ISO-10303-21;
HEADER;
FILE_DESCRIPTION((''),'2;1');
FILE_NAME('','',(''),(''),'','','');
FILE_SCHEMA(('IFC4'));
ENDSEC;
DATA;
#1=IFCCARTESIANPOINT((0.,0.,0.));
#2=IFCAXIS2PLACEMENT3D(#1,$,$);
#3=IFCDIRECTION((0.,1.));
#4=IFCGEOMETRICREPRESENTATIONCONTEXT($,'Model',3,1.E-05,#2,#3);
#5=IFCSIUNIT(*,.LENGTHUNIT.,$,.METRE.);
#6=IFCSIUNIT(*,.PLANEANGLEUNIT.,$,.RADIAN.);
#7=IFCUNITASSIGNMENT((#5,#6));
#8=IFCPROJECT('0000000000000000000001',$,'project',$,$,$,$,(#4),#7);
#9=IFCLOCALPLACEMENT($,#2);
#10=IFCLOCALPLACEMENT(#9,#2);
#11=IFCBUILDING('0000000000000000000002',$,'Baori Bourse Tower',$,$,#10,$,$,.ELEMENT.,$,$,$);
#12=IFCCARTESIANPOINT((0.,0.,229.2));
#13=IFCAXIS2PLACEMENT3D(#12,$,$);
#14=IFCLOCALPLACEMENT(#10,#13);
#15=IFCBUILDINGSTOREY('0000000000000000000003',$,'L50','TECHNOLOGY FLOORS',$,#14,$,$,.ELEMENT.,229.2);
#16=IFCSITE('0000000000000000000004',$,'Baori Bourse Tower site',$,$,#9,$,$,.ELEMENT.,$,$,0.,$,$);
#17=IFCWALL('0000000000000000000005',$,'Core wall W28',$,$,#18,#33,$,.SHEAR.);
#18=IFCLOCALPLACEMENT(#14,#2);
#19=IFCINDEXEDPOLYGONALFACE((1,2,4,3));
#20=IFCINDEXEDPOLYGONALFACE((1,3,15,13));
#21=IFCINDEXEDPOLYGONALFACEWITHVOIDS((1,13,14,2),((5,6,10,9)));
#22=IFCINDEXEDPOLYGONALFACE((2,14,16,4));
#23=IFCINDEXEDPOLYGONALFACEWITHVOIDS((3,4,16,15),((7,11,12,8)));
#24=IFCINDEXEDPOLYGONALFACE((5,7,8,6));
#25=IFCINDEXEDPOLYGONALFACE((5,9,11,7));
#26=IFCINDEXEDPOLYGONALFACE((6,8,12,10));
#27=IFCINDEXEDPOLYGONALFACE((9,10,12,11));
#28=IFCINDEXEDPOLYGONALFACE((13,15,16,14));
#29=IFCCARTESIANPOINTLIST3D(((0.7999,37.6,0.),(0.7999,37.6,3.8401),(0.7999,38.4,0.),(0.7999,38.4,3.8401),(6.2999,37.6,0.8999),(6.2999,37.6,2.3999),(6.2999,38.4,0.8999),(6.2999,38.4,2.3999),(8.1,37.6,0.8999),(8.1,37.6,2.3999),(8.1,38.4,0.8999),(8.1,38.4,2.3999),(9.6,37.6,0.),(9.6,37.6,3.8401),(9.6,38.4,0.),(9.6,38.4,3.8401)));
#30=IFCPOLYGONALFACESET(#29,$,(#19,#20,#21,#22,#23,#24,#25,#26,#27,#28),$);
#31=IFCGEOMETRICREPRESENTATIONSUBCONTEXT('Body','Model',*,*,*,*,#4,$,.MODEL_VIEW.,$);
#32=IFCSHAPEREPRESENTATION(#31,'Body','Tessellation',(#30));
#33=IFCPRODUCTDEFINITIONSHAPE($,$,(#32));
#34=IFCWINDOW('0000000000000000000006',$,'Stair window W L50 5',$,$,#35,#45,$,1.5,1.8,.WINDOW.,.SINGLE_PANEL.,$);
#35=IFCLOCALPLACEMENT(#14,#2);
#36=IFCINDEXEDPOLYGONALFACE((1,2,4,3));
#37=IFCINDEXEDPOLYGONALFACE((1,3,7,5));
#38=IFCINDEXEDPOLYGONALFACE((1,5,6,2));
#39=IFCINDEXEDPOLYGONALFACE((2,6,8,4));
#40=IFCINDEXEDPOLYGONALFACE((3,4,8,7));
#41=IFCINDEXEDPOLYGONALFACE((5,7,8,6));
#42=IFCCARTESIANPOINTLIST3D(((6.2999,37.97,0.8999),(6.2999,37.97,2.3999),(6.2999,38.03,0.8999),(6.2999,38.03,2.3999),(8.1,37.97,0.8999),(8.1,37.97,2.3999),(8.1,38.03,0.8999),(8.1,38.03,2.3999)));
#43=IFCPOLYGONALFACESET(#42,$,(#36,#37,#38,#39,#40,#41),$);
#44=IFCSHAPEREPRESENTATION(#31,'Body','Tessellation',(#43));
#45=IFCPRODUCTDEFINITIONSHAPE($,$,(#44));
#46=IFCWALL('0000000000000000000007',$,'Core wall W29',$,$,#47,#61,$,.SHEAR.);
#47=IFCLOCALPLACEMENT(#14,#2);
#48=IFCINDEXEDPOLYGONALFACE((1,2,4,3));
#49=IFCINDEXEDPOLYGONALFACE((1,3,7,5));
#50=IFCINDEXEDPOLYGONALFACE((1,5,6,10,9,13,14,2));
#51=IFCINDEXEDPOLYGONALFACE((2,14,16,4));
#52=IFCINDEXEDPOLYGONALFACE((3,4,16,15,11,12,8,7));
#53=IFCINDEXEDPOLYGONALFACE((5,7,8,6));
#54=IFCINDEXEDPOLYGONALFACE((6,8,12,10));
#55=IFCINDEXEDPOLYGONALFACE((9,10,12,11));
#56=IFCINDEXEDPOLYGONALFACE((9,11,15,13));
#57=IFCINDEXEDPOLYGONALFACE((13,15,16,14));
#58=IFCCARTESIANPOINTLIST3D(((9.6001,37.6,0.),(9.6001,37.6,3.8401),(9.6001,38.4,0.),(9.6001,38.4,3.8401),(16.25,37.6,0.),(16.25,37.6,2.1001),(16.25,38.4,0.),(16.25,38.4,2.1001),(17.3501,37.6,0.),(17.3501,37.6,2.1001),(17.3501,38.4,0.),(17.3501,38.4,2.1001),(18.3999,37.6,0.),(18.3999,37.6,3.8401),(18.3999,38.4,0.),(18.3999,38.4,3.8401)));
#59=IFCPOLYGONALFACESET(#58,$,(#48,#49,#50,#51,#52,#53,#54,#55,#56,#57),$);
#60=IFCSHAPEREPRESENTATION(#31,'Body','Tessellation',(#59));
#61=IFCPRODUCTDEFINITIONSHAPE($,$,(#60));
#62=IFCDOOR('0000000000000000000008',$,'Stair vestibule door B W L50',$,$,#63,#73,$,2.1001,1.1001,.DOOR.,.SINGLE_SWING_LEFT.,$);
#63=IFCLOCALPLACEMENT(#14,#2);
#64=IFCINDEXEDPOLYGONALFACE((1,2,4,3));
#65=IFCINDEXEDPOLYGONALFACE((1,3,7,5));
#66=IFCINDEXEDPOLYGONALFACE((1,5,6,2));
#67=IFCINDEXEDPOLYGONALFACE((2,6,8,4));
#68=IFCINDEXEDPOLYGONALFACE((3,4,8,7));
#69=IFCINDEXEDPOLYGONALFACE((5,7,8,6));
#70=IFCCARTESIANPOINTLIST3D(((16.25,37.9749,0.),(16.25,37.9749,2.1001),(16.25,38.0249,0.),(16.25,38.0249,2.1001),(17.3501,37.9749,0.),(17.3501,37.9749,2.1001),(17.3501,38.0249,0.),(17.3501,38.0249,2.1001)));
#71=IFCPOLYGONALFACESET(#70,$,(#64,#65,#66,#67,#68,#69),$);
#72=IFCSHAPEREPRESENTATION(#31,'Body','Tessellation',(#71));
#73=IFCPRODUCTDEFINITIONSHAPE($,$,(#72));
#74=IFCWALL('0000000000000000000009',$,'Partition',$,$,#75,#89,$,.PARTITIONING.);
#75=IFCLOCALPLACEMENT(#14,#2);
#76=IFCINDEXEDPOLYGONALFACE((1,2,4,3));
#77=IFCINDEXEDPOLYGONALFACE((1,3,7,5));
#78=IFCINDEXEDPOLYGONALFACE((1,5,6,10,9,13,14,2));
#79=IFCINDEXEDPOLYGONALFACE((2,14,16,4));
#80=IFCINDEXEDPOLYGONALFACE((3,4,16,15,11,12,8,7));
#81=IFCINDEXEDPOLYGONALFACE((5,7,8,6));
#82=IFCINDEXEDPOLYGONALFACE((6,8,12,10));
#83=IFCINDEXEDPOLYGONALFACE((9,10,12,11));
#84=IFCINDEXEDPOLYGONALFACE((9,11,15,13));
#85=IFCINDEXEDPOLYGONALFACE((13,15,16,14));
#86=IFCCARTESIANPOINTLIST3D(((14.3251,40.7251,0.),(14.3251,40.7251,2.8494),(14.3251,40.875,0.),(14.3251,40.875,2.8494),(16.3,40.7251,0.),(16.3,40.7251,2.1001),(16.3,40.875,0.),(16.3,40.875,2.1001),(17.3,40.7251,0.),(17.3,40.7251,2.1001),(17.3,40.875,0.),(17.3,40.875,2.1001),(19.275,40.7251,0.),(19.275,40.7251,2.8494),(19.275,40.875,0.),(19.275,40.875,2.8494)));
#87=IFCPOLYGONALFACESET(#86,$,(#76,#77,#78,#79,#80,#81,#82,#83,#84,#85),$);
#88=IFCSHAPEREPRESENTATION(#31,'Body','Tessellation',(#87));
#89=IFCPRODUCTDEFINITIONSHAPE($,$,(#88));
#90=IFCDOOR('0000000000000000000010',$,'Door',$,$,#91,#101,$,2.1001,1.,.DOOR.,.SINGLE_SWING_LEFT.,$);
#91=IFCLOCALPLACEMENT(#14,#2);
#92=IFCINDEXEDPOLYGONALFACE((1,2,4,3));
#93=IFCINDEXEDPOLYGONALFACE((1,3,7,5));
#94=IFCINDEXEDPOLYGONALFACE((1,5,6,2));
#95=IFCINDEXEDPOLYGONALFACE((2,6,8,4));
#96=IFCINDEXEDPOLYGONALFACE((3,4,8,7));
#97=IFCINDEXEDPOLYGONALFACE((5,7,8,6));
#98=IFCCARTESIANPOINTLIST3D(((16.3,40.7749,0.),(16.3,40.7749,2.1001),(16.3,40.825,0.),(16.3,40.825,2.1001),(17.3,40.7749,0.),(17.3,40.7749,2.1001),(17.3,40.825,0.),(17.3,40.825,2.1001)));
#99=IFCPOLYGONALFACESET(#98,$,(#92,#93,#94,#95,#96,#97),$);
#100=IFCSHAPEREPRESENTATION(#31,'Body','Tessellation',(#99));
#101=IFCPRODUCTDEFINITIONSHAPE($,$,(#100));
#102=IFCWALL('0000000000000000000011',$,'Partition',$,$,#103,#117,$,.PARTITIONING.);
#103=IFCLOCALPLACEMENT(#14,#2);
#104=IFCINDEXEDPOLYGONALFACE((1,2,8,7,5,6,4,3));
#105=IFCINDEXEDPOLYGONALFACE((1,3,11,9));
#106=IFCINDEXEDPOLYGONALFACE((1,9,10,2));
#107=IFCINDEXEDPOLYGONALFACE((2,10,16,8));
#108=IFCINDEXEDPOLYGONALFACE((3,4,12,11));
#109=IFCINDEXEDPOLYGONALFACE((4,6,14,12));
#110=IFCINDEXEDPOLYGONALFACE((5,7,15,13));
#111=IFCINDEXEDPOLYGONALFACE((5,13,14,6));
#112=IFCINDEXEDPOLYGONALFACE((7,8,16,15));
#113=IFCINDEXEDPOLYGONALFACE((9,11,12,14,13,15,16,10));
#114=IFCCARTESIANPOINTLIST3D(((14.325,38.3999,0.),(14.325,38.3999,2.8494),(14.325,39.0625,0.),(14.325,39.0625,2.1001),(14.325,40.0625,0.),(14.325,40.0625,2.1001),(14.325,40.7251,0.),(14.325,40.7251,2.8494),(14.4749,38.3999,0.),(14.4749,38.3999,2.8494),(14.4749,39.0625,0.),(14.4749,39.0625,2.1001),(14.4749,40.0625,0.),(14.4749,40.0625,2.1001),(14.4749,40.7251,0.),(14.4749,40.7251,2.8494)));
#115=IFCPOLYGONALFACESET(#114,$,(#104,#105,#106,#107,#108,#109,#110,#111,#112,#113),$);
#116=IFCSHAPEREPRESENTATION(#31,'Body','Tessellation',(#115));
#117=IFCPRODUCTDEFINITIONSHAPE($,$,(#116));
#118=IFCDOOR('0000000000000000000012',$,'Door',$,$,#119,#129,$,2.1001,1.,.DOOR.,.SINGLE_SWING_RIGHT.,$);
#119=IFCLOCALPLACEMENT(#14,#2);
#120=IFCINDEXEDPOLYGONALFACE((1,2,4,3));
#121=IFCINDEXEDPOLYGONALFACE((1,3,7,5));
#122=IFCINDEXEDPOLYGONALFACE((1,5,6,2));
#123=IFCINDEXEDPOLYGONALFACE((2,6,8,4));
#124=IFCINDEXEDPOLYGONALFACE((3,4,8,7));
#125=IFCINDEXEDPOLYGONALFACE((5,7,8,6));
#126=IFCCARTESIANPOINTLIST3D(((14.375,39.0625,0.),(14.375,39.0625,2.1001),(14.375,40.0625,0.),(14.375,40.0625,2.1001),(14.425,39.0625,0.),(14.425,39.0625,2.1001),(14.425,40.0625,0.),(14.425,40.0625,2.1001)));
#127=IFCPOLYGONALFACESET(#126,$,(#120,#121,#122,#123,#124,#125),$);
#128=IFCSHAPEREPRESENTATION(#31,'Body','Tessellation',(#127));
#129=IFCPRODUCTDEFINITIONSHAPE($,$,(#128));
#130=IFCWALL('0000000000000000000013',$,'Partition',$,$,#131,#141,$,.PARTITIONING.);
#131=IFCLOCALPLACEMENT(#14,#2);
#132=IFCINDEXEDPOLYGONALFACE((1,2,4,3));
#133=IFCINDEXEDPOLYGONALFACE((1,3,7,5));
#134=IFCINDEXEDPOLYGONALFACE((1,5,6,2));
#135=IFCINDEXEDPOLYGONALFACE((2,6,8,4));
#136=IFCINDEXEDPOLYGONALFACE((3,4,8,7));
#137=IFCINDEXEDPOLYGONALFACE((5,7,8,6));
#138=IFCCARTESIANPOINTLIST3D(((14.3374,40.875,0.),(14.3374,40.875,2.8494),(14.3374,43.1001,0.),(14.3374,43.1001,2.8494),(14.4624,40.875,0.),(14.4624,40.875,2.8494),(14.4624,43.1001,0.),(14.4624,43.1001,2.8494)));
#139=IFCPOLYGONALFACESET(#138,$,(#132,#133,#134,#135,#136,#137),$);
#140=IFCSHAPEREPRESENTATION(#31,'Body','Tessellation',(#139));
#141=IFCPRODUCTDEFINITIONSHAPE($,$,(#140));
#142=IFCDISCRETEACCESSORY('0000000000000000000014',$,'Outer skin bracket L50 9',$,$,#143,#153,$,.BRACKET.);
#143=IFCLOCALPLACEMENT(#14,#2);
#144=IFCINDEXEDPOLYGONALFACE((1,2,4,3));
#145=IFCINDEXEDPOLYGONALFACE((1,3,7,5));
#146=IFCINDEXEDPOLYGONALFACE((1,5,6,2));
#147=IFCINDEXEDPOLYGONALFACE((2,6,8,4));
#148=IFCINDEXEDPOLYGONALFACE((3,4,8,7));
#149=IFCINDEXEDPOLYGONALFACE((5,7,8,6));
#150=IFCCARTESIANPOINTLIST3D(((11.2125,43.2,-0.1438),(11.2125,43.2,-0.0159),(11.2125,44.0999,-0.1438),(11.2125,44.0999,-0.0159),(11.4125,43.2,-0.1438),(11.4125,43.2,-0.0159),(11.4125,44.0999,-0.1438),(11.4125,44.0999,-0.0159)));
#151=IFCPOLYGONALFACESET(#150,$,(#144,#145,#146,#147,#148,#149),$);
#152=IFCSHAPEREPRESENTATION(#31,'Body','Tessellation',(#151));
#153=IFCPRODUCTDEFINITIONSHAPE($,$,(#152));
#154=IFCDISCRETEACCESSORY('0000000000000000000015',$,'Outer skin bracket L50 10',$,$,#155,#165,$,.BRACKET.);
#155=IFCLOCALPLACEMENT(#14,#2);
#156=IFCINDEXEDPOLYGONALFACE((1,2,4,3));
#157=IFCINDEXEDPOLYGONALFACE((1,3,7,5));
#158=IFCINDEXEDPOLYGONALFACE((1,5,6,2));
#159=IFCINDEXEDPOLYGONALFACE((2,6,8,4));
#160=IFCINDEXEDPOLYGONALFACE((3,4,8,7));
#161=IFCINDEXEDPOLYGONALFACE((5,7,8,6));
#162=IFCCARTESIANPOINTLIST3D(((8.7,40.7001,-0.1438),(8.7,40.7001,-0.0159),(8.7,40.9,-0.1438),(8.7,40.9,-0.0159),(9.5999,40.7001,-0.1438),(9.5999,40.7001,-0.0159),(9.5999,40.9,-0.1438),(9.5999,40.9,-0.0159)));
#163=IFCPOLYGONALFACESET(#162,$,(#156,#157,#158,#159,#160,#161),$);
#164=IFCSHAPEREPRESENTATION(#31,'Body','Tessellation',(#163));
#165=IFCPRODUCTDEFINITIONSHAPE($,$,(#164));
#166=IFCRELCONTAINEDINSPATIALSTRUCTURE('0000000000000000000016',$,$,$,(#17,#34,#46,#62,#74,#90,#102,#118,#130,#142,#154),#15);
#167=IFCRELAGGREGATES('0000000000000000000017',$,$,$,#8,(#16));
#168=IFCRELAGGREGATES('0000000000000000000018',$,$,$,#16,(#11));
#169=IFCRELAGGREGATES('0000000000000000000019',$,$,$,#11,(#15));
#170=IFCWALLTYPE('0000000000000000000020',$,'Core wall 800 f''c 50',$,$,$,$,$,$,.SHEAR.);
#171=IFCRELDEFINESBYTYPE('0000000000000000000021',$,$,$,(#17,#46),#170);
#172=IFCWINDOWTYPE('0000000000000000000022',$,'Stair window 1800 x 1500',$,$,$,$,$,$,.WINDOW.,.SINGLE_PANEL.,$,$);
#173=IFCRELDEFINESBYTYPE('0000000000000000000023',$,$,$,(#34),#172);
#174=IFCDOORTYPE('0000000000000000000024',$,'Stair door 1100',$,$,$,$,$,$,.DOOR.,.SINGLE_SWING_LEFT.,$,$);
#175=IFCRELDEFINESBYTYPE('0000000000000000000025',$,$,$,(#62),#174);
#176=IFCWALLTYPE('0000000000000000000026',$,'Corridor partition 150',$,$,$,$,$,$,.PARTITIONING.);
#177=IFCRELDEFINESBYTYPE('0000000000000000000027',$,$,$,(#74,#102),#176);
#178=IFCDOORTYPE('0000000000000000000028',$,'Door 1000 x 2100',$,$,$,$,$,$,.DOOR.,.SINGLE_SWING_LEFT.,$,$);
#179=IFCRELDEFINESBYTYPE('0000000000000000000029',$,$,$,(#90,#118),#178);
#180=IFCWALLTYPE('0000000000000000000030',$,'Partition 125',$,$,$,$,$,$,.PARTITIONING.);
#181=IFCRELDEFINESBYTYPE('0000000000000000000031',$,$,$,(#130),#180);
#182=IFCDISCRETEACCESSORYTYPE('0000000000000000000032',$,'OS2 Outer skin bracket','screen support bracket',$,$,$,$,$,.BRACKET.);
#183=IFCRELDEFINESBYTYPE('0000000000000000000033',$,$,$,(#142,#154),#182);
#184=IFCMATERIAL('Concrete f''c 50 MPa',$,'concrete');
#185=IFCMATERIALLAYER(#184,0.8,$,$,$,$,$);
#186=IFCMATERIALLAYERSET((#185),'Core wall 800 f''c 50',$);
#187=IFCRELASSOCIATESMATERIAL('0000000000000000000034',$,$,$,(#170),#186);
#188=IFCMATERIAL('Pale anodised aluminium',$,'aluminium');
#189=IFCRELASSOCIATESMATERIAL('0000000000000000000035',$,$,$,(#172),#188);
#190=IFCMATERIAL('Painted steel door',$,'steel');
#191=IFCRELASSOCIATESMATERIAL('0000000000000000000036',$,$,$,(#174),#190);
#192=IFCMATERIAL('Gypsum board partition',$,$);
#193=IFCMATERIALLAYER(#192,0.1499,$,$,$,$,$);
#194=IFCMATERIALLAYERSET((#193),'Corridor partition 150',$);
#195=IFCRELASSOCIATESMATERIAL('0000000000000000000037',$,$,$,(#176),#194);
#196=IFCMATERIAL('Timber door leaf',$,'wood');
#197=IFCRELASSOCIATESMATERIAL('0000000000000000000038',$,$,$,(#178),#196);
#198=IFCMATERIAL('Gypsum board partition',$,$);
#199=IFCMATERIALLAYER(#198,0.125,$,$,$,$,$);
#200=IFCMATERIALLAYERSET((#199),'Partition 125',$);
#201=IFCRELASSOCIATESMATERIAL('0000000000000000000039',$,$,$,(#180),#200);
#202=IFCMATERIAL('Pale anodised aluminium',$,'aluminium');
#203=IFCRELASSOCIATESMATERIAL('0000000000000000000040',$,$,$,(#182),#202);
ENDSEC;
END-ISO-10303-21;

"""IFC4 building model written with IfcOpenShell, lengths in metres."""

from ifc_helpers import new_model, si_unit, direction, frame, frame_2d, origin, origin_2d, place, context, subcontext, project, spatial, rectangle, extrude, material, layer, layer_set, type_object, element, fill, save


model = new_model("IFC4")

# Units and contexts
model_context = context("Model", 3, precision=1e-05, world=origin(), true_north=direction((0.0, 1.0)))
body_context = subcontext(model_context, "Body", "Model", "MODEL_VIEW")
ifc_project = project(units=[si_unit("LENGTHUNIT", "METRE"), si_unit("PLANEANGLEUNIT", "RADIAN")], contexts=[model_context])

# Site, building, storey
site_placement = place(None, origin())
site = spatial("IfcSite", under=ifc_project, at=site_placement, Name="Baori Bourse Tower site", CompositionType="ELEMENT", RefElevation=0.0)
building_placement = place(site_placement, origin())
building = spatial("IfcBuilding", under=site, at=building_placement, Name="Baori Bourse Tower", CompositionType="ELEMENT")
storey_placement = place(building_placement, frame((0.0, 0.0, 229.2)))
storey = spatial("IfcBuildingStorey", under=building, at=storey_placement, Name="L50", Description="TECHNOLOGY FLOORS", CompositionType="ELEMENT", Elevation=229.2)

# Wall, opening, window
ifc_material_1 = material(Name="Concrete f'c 50 MPa", Category="concrete")
ifc_layer_1 = layer(ifc_material_1, 0.8)
ifc_layer_set_1 = layer_set([ifc_layer_1], Name="Core wall 800 f'c 50")
wall_type_1 = type_object("IfcWallType", Name="Core wall 800 f'c 50", PredefinedType="SHEAR", material=ifc_layer_set_1)
wall_1_placement = place(storey_placement, frame((0.8, 38.0, 0.0), z_axis=(0.0, 0.0, 1.0), x_axis=(1.0, 0.0, 0.0)))
wall_1 = element("IfcWall", 1, at=wall_1_placement, inside=storey, type_object=wall_type_1, Name="Core wall W28", PredefinedType="SHEAR", context=body_context, shape_type="SweptSolid", body=[
    extrude(rectangle(XDim=8.8, YDim=0.8, at=frame_2d((4.3999, 0.0))), origin(), (0.0, 0.0, 1.0), 3.8401),
])
opening_1_placement = place(wall_1_placement, frame((5.5, 0.0, 0.8999)))
opening_1 = element("IfcOpeningElement", 2, at=opening_1_placement, cuts=wall_1, PredefinedType="OPENING", context=body_context, shape_type="SweptSolid", body=[
    extrude(rectangle(XDim=1.8, YDim=1.5, at=frame_2d((0.8999, 0.75))), frame((0.0, 0.4099, 0.0), z_axis=(0.0, -1.0, 0.0), x_axis=(1.0, 0.0, 0.0)), (0.0, 0.0, 1.0), 0.8201),
])
ifc_material_2 = material(Name="Pale anodised aluminium", Category="aluminium")
window_type = type_object("IfcWindowType", Name="Stair window 1800 x 1500", PartitioningType="SINGLE_PANEL", PredefinedType="WINDOW", material=ifc_material_2)
window_placement = place(opening_1_placement, origin())
window = element("IfcWindow", 3, at=window_placement, inside=storey, type_object=window_type, Name="Stair window W L50 5", OverallHeight=1.5, OverallWidth=1.8, PartitioningType="SINGLE_PANEL", PredefinedType="WINDOW", context=body_context, shape_type="SweptSolid", body=[
    extrude(rectangle(XDim=1.8, YDim=1.5, at=frame_2d((0.8999, 0.75))), frame((0.0, 0.03, 0.0), z_axis=(0.0, -1.0, 0.0), x_axis=(1.0, 0.0, 0.0)), (0.0, 0.0, 1.0), 0.0601),
])
fill(opening_1, window)

# Walls, openings, doors
wall_2_placement = place(storey_placement, frame((9.6001, 38.0, 0.0), z_axis=(0.0, 0.0, 1.0), x_axis=(1.0, 0.0, 0.0)))
wall_2 = element("IfcWall", 4, at=wall_2_placement, inside=storey, type_object=wall_type_1, Name="Core wall W29", PredefinedType="SHEAR", context=body_context, shape_type="SweptSolid", body=[
    extrude(rectangle(XDim=8.7998, YDim=0.8, at=frame_2d((4.3999, 0.0))), origin(), (0.0, 0.0, 1.0), 3.8401),
])
opening_2_placement = place(wall_2_placement, frame((6.6499, 0.0, 0.0)))
opening_2 = element("IfcOpeningElement", 5, at=opening_2_placement, cuts=wall_2, PredefinedType="OPENING", context=body_context, shape_type="SweptSolid", body=[
    extrude(rectangle(XDim=1.1001, YDim=2.1001, at=frame_2d((0.55, 1.05))), frame((0.0, 0.4099, 0.0), z_axis=(0.0, -1.0, 0.0), x_axis=(1.0, 0.0, 0.0)), (0.0, 0.0, 1.0), 0.8201),
])
ifc_material_3 = material(Name="Painted steel door", Category="steel")
door_type_1 = type_object("IfcDoorType", Name="Stair door 1100", OperationType="SINGLE_SWING_LEFT", PredefinedType="DOOR", material=ifc_material_3)
door_1_placement = place(opening_2_placement, origin())
door_1 = element("IfcDoor", 6, at=door_1_placement, inside=storey, type_object=door_type_1, Name="Stair vestibule door B W L50", OperationType="SINGLE_SWING_LEFT", OverallHeight=2.1001, OverallWidth=1.1001, PredefinedType="DOOR", context=body_context, shape_type="SweptSolid", body=[
    extrude(rectangle(XDim=1.1001, YDim=2.1001, at=frame_2d((0.55, 1.05))), frame((0.0, 0.0249, 0.0), z_axis=(0.0, -1.0, 0.0), x_axis=(1.0, 0.0, 0.0)), (0.0, 0.0, 1.0), 0.05),
])
fill(opening_2, door_1)
ifc_material_4 = material(Name="Gypsum board partition")
ifc_layer_2 = layer(ifc_material_4, 0.1499)
ifc_layer_set_2 = layer_set([ifc_layer_2], Name="Corridor partition 150")
wall_type_2 = type_object("IfcWallType", Name="Corridor partition 150", PredefinedType="PARTITIONING", material=ifc_layer_set_2)
wall_3_placement = place(storey_placement, frame((14.325, 40.8, 0.0), z_axis=(0.0, 0.0, 1.0), x_axis=(1.0, 0.0, 0.0)))
wall_3 = element("IfcWall", 7, at=wall_3_placement, inside=storey, type_object=wall_type_2, Name="Partition", PredefinedType="PARTITIONING", context=body_context, shape_type="SweptSolid", body=[
    extrude(rectangle(XDim=4.95, YDim=0.1499, at=frame_2d((2.4751, 0.0))), origin(), (0.0, 0.0, 1.0), 2.8494),
])
opening_3_placement = place(wall_3_placement, frame((1.9751, 0.0, 0.0)))
opening_3 = element("IfcOpeningElement", 8, at=opening_3_placement, cuts=wall_3, PredefinedType="OPENING", context=body_context, shape_type="SweptSolid", body=[
    extrude(rectangle(XDim=1.0, YDim=2.1001, at=frame_2d((0.5, 1.05))), frame((0.0, 0.085, 0.0), z_axis=(0.0, -1.0, 0.0), x_axis=(1.0, 0.0, 0.0)), (0.0, 0.0, 1.0), 0.1699),
])
ifc_material_5 = material(Name="Timber door leaf", Category="wood")
door_type_2 = type_object("IfcDoorType", Name="Door 1000 x 2100", OperationType="SINGLE_SWING_LEFT", PredefinedType="DOOR", material=ifc_material_5)
door_2_placement = place(opening_3_placement, origin())
door_2 = element("IfcDoor", 9, at=door_2_placement, inside=storey, type_object=door_type_2, Name="Door", OperationType="SINGLE_SWING_LEFT", OverallHeight=2.1001, OverallWidth=1.0, PredefinedType="DOOR", context=body_context, shape_type="SweptSolid", body=[
    extrude(rectangle(XDim=1.0, YDim=2.1001, at=frame_2d((0.5, 1.05))), frame((0.0, 0.0249, 0.0), z_axis=(0.0, -1.0, 0.0), x_axis=(1.0, 0.0, 0.0)), (0.0, 0.0, 1.0), 0.05),
])
fill(opening_3, door_2)
wall_4_placement = place(storey_placement, frame((14.3999, 38.3999, 0.0), z_axis=(0.0, 0.0, 1.0), x_axis=(0.0, 1.0, 0.0)))
wall_4 = element("IfcWall", 10, at=wall_4_placement, inside=storey, type_object=wall_type_2, Name="Partition", PredefinedType="PARTITIONING", context=body_context, shape_type="SweptSolid", body=[
    extrude(rectangle(XDim=2.3252, YDim=0.1499, at=frame_2d((1.1626, 0.0))), origin(), (0.0, 0.0, 1.0), 2.8494),
])
opening_4_placement = place(wall_4_placement, frame((0.6626, 0.0, 0.0)))
opening_4 = element("IfcOpeningElement", 11, at=opening_4_placement, cuts=wall_4, PredefinedType="OPENING", context=body_context, shape_type="SweptSolid", body=[
    extrude(rectangle(XDim=1.0, YDim=2.1001, at=frame_2d((0.5, 1.05))), frame((0.0, 0.085, 0.0), z_axis=(0.0, -1.0, 0.0), x_axis=(1.0, 0.0, 0.0)), (0.0, 0.0, 1.0), 0.1699),
])
door_3_placement = place(opening_4_placement, origin())
door_3 = element("IfcDoor", 12, at=door_3_placement, inside=storey, type_object=door_type_2, Name="Door", OperationType="SINGLE_SWING_RIGHT", OverallHeight=2.1001, OverallWidth=1.0, PredefinedType="DOOR", context=body_context, shape_type="SweptSolid", body=[
    extrude(rectangle(XDim=1.0, YDim=2.1001, at=frame_2d((0.5, 1.05))), frame((0.0, 0.0249, 0.0), z_axis=(0.0, -1.0, 0.0), x_axis=(1.0, 0.0, 0.0)), (0.0, 0.0, 1.0), 0.05),
])
fill(opening_4, door_3)

# Wall
ifc_material_6 = material(Name="Gypsum board partition")
ifc_layer_3 = layer(ifc_material_6, 0.125)
ifc_layer_set_3 = layer_set([ifc_layer_3], Name="Partition 125")
wall_type_3 = type_object("IfcWallType", Name="Partition 125", PredefinedType="PARTITIONING", material=ifc_layer_set_3)
wall_5_placement = place(storey_placement, frame((14.3999, 40.875, 0.0), z_axis=(0.0, 0.0, 1.0), x_axis=(0.0, 1.0, 0.0)))
element("IfcWall", 13, at=wall_5_placement, inside=storey, type_object=wall_type_3, Name="Partition", PredefinedType="PARTITIONING", context=body_context, shape_type="SweptSolid", body=[
    extrude(rectangle(XDim=2.2251, YDim=0.125, at=frame_2d((1.1125, 0.0))), origin(), (0.0, 0.0, 1.0), 2.8494),
])

# Discrete accessories
ifc_material_7 = material(Name="Pale anodised aluminium", Category="aluminium")
discrete_accessory_type = type_object("IfcDiscreteAccessoryType", Name="OS2 Outer skin bracket", Description="screen support bracket", PredefinedType="BRACKET", material=ifc_material_7)
for number, where, z_axis, x_axis, name in (
    (14, (11.3125, 43.6499, -0.1438), (0.0, 0.0, 1.0), (-1.0, 0.0, 0.0), "Outer skin bracket L50 9"),
    (15, (9.1499, 40.8, -0.1438), (0.0, 0.0, 1.0), (0.0, -1.0, 0.0), "Outer skin bracket L50 10"),
):
    element("IfcDiscreteAccessory", number, at=place(storey_placement, frame(where, z_axis=z_axis, x_axis=x_axis)), inside=storey, type_object=discrete_accessory_type, Name=name, PredefinedType="BRACKET", context=body_context, shape_type="SweptSolid", body=[
        extrude(rectangle(XDim=0.2, YDim=0.8999, at=origin_2d()), origin(), (0.0, 0.0, 1.0), 0.1279),
    ])

save(model, "model.ifc")
